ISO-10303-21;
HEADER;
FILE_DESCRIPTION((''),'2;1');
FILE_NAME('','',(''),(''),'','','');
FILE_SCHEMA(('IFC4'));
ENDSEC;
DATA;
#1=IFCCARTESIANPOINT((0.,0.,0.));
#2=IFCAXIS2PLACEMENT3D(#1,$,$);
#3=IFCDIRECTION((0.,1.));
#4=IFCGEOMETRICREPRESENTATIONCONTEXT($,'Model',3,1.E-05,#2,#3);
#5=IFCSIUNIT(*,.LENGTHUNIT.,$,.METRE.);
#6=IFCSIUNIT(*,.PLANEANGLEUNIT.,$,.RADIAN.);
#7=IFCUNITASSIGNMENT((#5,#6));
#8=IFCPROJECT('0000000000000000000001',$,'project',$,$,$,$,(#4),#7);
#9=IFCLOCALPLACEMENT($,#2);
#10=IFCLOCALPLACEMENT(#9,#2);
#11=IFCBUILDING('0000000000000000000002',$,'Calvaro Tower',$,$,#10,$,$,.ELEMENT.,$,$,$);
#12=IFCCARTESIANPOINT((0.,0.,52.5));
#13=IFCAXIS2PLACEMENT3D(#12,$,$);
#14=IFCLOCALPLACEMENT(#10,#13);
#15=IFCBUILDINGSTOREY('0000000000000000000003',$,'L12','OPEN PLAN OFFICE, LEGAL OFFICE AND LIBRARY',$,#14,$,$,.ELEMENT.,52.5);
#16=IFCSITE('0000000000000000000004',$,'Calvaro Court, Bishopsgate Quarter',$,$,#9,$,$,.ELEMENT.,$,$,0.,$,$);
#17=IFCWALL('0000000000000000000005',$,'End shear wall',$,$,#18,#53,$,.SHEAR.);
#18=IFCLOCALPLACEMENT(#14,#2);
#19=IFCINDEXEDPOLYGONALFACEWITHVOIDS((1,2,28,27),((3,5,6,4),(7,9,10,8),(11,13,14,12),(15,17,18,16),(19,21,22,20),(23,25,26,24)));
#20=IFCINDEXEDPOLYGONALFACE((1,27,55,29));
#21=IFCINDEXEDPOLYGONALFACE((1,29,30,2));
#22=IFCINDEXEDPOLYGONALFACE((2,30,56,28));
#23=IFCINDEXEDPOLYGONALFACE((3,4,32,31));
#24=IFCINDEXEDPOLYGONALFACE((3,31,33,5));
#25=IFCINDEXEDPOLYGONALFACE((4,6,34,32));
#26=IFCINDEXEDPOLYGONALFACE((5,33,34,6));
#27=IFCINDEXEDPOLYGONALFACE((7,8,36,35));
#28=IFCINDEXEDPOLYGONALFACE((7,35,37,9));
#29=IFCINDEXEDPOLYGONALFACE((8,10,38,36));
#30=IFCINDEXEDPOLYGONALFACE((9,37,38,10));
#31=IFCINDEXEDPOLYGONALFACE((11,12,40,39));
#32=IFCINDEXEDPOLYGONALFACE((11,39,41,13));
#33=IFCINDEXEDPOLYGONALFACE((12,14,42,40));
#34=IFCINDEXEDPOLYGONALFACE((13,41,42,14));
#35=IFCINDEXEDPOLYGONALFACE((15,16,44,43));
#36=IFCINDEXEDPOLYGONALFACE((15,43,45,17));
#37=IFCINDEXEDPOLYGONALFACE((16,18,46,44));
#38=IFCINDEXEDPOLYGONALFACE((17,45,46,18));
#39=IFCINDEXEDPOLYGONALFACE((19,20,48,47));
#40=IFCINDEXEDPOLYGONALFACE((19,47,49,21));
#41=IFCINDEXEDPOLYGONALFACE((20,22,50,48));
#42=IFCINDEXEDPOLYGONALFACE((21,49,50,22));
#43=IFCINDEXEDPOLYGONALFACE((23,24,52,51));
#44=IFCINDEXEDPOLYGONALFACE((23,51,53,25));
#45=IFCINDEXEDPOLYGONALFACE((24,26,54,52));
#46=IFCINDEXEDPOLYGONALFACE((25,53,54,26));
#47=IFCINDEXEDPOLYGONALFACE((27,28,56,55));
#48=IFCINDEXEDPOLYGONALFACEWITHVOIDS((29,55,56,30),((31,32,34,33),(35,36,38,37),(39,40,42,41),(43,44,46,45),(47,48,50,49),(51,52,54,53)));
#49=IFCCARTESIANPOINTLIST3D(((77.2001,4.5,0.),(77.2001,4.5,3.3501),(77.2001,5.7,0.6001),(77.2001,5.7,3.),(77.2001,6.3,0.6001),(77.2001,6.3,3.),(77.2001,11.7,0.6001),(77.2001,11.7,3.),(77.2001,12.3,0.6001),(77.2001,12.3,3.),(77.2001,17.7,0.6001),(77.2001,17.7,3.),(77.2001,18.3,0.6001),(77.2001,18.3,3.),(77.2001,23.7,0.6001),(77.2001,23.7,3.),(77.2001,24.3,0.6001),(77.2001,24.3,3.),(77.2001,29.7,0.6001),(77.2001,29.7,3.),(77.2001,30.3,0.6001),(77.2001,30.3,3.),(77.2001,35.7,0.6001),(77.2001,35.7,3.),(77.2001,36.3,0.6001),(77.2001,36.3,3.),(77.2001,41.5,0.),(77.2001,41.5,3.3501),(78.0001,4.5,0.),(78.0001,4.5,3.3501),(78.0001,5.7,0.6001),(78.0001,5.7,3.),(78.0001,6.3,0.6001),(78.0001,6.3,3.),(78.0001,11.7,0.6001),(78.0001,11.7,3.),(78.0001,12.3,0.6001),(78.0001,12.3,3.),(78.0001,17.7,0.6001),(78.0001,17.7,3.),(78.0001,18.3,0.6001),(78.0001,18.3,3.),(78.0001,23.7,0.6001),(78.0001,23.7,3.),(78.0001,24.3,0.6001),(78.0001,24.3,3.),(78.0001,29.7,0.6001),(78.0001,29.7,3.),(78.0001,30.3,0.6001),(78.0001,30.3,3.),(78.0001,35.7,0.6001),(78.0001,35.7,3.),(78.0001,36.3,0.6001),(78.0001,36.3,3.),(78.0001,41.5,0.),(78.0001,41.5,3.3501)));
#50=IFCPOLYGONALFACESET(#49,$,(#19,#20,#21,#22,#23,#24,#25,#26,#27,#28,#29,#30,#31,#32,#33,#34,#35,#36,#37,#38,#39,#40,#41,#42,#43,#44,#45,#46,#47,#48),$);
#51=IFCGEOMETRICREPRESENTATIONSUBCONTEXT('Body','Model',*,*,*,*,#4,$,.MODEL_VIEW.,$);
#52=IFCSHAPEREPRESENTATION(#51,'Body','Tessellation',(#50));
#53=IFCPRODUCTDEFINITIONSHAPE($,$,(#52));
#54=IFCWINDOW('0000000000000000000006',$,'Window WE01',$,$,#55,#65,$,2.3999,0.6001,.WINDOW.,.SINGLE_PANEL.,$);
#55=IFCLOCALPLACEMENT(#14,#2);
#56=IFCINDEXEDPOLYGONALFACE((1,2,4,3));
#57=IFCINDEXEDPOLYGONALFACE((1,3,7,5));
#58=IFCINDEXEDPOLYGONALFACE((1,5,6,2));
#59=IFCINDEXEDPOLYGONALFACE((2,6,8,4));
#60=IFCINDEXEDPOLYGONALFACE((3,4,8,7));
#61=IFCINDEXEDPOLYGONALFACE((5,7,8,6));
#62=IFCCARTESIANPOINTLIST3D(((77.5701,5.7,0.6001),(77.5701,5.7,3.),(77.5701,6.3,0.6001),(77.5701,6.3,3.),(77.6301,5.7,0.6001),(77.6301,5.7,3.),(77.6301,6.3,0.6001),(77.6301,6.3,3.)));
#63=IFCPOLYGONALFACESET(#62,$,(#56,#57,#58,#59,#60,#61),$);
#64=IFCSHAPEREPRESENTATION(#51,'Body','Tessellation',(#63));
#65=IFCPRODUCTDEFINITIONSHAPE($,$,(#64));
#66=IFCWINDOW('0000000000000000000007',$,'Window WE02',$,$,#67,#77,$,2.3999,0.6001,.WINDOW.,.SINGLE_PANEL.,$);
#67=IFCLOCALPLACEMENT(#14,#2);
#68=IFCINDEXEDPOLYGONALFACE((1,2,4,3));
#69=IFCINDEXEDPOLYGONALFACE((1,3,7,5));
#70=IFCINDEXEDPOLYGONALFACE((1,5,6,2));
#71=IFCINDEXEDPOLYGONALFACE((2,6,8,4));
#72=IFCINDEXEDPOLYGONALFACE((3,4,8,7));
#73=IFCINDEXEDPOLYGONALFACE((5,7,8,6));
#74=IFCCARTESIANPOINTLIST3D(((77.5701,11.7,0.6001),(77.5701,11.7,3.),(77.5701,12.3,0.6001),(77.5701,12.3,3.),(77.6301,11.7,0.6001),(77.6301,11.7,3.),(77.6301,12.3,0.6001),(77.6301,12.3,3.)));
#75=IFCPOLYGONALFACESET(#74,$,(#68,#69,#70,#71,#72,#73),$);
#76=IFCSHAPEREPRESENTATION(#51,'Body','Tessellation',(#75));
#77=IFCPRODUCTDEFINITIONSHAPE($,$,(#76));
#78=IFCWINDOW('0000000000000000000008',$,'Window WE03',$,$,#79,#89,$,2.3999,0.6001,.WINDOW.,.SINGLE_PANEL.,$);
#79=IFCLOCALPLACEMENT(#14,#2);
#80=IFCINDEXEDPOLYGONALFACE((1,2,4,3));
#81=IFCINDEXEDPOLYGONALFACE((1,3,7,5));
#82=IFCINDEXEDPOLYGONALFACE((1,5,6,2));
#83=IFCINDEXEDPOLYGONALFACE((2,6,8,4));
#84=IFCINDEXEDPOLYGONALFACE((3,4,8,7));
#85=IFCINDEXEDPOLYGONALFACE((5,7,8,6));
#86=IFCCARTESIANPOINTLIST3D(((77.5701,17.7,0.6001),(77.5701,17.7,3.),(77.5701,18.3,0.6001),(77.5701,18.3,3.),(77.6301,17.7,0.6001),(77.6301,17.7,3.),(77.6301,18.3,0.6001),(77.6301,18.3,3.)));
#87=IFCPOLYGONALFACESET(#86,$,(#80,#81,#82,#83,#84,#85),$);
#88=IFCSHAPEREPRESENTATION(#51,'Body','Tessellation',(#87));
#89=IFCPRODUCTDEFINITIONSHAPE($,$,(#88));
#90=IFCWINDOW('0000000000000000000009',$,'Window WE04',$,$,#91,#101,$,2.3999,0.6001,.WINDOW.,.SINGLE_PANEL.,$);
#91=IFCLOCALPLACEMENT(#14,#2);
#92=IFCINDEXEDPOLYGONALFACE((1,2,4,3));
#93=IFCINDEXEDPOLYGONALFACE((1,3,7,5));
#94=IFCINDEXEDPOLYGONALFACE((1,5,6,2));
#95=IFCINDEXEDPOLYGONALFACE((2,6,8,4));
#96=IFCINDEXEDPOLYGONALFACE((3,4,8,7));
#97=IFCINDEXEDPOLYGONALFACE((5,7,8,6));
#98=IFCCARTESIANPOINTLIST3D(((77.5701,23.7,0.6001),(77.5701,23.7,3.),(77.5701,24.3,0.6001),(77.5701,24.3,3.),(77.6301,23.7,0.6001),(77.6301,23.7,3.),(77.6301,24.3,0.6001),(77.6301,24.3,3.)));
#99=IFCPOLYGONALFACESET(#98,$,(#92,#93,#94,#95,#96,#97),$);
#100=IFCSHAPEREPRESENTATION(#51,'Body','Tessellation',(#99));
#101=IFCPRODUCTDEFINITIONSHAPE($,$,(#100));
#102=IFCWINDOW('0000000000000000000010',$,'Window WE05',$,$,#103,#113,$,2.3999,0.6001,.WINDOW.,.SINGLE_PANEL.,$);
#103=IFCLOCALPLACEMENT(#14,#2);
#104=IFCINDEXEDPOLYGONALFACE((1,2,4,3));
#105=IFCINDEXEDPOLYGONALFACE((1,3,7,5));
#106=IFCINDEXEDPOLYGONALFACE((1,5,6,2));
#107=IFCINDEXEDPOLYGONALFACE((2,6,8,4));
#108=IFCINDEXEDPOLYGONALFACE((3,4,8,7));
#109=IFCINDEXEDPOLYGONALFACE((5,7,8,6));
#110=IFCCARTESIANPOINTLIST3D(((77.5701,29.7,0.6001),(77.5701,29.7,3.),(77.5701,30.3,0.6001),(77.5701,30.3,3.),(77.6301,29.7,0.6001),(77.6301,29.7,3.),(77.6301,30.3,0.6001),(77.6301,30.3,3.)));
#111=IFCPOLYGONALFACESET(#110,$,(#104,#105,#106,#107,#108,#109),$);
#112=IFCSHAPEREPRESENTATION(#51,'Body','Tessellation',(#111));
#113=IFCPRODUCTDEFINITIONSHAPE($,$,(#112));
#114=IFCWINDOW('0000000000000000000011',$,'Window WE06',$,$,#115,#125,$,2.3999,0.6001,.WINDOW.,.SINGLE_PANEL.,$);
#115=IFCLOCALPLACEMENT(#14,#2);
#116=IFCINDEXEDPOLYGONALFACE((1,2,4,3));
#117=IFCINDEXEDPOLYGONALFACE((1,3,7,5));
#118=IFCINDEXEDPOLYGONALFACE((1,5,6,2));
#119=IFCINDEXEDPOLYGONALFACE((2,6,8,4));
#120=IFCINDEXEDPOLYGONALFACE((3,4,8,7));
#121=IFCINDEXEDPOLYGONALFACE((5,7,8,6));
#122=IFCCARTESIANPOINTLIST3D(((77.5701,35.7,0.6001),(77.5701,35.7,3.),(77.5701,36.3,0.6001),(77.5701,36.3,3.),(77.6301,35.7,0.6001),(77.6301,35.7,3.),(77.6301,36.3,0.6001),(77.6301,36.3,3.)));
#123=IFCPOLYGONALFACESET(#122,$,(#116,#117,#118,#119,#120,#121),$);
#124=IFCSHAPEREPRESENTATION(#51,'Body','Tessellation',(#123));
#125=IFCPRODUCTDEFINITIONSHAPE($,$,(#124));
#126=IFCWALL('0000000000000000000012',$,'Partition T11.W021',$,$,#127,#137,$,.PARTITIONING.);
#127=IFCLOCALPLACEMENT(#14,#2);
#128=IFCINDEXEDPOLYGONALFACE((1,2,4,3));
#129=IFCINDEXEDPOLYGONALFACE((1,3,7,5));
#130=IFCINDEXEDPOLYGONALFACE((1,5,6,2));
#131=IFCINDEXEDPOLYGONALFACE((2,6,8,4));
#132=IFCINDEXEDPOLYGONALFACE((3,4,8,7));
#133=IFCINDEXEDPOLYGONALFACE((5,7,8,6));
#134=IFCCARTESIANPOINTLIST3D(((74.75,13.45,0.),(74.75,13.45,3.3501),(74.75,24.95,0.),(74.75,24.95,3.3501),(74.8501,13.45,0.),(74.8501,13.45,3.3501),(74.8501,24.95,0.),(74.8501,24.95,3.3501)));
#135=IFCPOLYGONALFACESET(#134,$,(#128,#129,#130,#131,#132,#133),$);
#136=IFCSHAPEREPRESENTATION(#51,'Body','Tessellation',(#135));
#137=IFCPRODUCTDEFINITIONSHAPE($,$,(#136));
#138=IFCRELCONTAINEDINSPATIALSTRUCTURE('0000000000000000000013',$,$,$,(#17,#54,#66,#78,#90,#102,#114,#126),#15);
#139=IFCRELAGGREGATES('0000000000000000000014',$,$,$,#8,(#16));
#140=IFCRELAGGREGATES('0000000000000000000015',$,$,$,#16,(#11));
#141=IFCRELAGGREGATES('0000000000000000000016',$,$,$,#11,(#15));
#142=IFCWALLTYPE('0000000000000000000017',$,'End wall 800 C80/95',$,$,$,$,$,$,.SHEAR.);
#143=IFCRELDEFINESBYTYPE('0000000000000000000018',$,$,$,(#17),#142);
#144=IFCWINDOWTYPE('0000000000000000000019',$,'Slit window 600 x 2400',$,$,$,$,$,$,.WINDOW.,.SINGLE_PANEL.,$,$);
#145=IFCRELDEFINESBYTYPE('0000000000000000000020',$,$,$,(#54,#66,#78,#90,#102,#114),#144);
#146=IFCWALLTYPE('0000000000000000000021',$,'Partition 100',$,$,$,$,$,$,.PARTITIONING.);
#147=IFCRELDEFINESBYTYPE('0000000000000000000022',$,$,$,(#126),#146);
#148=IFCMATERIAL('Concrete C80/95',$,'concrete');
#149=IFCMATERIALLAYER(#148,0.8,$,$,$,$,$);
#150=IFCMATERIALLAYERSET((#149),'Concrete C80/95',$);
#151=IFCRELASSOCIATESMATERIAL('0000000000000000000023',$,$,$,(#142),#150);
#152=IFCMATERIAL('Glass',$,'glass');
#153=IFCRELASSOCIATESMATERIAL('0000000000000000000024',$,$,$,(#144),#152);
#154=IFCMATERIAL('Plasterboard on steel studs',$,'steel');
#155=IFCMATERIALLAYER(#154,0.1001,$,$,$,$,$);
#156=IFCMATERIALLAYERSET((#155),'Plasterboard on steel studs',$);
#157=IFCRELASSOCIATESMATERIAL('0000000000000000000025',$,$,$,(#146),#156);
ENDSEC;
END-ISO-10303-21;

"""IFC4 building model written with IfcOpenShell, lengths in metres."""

from ifc_helpers import new_model, si_unit, direction, frame, frame_2d, origin, place, context, subcontext, project, spatial, rectangle, extrude, material, layer, layer_set, type_object, element, fill, save


model = new_model("IFC4")

# Units and contexts
model_context = context("Model", 3, precision=1e-05, world=origin(), true_north=direction((0.0, 1.0)))
body_context = subcontext(model_context, "Body", "Model", "MODEL_VIEW")
ifc_project = project(units=[si_unit("LENGTHUNIT", "METRE"), si_unit("PLANEANGLEUNIT", "RADIAN")], contexts=[model_context])

# Site, building, storey
site_placement = place(None, origin())
site = spatial("IfcSite", under=ifc_project, at=site_placement, Name="Calvaro Court, Bishopsgate Quarter", CompositionType="ELEMENT", RefElevation=0.0)
building_placement = place(site_placement, origin())
building = spatial("IfcBuilding", under=site, at=building_placement, Name="Calvaro Tower", CompositionType="ELEMENT")
storey_placement = place(building_placement, frame((0.0, 0.0, 52.5)))
storey = spatial("IfcBuildingStorey", under=building, at=storey_placement, Name="L12", Description="OPEN PLAN OFFICE, LEGAL OFFICE AND LIBRARY", CompositionType="ELEMENT", Elevation=52.5)

# Wall, openings, windows
ifc_material_1 = material(Name="Concrete C80/95", Category="concrete")
ifc_layer_1 = layer(ifc_material_1, 0.8)
ifc_layer_set_1 = layer_set([ifc_layer_1], Name="Concrete C80/95")
wall_type_1 = type_object("IfcWallType", Name="End wall 800 C80/95", PredefinedType="SHEAR", material=ifc_layer_set_1)
wall_1_placement = place(storey_placement, frame((77.6001, 4.5, 0.0), z_axis=(0.0, 0.0, 1.0), x_axis=(0.0, 1.0, 0.0)))
wall_1 = element("IfcWall", 1, at=wall_1_placement, inside=storey, type_object=wall_type_1, Name="End shear wall", PredefinedType="SHEAR", context=body_context, shape_type="SweptSolid", body=[
    extrude(rectangle(XDim=37.0, YDim=0.8, at=frame_2d((18.5, 0.0))), origin(), (0.0, 0.0, 1.0), 3.3501),
])
opening_1_placement = place(wall_1_placement, frame((1.2, 0.0, 0.6001)))
opening_1 = element("IfcOpeningElement", 2, at=opening_1_placement, cuts=wall_1, PredefinedType="OPENING", context=body_context, shape_type="SweptSolid", body=[
    extrude(rectangle(XDim=0.6001, YDim=2.3999, at=frame_2d((0.3, 1.2))), frame((0.0, 0.4099, 0.0), z_axis=(0.0, -1.0, 0.0), x_axis=(1.0, 0.0, 0.0)), (0.0, 0.0, 1.0), 0.8201),
])
opening_2_placement = place(wall_1_placement, frame((7.2, 0.0, 0.6001)))
opening_2 = element("IfcOpeningElement", 3, at=opening_2_placement, cuts=wall_1, PredefinedType="OPENING", context=body_context, shape_type="SweptSolid", body=[
    extrude(rectangle(XDim=0.6001, YDim=2.3999, at=frame_2d((0.3, 1.2))), frame((0.0, 0.4099, 0.0), z_axis=(0.0, -1.0, 0.0), x_axis=(1.0, 0.0, 0.0)), (0.0, 0.0, 1.0), 0.8201),
])
opening_3_placement = place(wall_1_placement, frame((13.2, 0.0, 0.6001)))
opening_3 = element("IfcOpeningElement", 4, at=opening_3_placement, cuts=wall_1, PredefinedType="OPENING", context=body_context, shape_type="SweptSolid", body=[
    extrude(rectangle(XDim=0.6001, YDim=2.3999, at=frame_2d((0.3, 1.2))), frame((0.0, 0.4099, 0.0), z_axis=(0.0, -1.0, 0.0), x_axis=(1.0, 0.0, 0.0)), (0.0, 0.0, 1.0), 0.8201),
])
opening_4_placement = place(wall_1_placement, frame((19.2, 0.0, 0.6001)))
opening_4 = element("IfcOpeningElement", 5, at=opening_4_placement, cuts=wall_1, PredefinedType="OPENING", context=body_context, shape_type="SweptSolid", body=[
    extrude(rectangle(XDim=0.6001, YDim=2.3999, at=frame_2d((0.3, 1.2))), frame((0.0, 0.4099, 0.0), z_axis=(0.0, -1.0, 0.0), x_axis=(1.0, 0.0, 0.0)), (0.0, 0.0, 1.0), 0.8201),
])
opening_5_placement = place(wall_1_placement, frame((25.2, 0.0, 0.6001)))
opening_5 = element("IfcOpeningElement", 6, at=opening_5_placement, cuts=wall_1, PredefinedType="OPENING", context=body_context, shape_type="SweptSolid", body=[
    extrude(rectangle(XDim=0.6001, YDim=2.3999, at=frame_2d((0.3, 1.2))), frame((0.0, 0.4099, 0.0), z_axis=(0.0, -1.0, 0.0), x_axis=(1.0, 0.0, 0.0)), (0.0, 0.0, 1.0), 0.8201),
])
opening_6_placement = place(wall_1_placement, frame((31.2, 0.0, 0.6001)))
opening_6 = element("IfcOpeningElement", 7, at=opening_6_placement, cuts=wall_1, PredefinedType="OPENING", context=body_context, shape_type="SweptSolid", body=[
    extrude(rectangle(XDim=0.6001, YDim=2.3999, at=frame_2d((0.3, 1.2))), frame((0.0, 0.4099, 0.0), z_axis=(0.0, -1.0, 0.0), x_axis=(1.0, 0.0, 0.0)), (0.0, 0.0, 1.0), 0.8201),
])
ifc_material_2 = material(Name="Glass", Category="glass")
window_type = type_object("IfcWindowType", Name="Slit window 600 x 2400", PartitioningType="SINGLE_PANEL", PredefinedType="WINDOW", material=ifc_material_2)
window_1_placement = place(opening_1_placement, origin())
window_1 = element("IfcWindow", 8, at=window_1_placement, inside=storey, type_object=window_type, Name="Window WE01", OverallHeight=2.3999, OverallWidth=0.6001, PartitioningType="SINGLE_PANEL", PredefinedType="WINDOW", context=body_context, shape_type="SweptSolid", body=[
    extrude(rectangle(XDim=0.6001, YDim=2.3999, at=frame_2d((0.3, 1.2))), frame((0.0, 0.03, 0.0), z_axis=(0.0, -1.0, 0.0), x_axis=(1.0, 0.0, 0.0)), (0.0, 0.0, 1.0), 0.0601),
])
fill(opening_1, window_1)
window_2_placement = place(opening_2_placement, origin())
window_2 = element("IfcWindow", 9, at=window_2_placement, inside=storey, type_object=window_type, Name="Window WE02", OverallHeight=2.3999, OverallWidth=0.6001, PartitioningType="SINGLE_PANEL", PredefinedType="WINDOW", context=body_context, shape_type="SweptSolid", body=[
    extrude(rectangle(XDim=0.6001, YDim=2.3999, at=frame_2d((0.3, 1.2))), frame((0.0, 0.03, 0.0), z_axis=(0.0, -1.0, 0.0), x_axis=(1.0, 0.0, 0.0)), (0.0, 0.0, 1.0), 0.0601),
])
fill(opening_2, window_2)
window_3_placement = place(opening_3_placement, origin())
window_3 = element("IfcWindow", 10, at=window_3_placement, inside=storey, type_object=window_type, Name="Window WE03", OverallHeight=2.3999, OverallWidth=0.6001, PartitioningType="SINGLE_PANEL", PredefinedType="WINDOW", context=body_context, shape_type="SweptSolid", body=[
    extrude(rectangle(XDim=0.6001, YDim=2.3999, at=frame_2d((0.3, 1.2))), frame((0.0, 0.03, 0.0), z_axis=(0.0, -1.0, 0.0), x_axis=(1.0, 0.0, 0.0)), (0.0, 0.0, 1.0), 0.0601),
])
fill(opening_3, window_3)
window_4_placement = place(opening_4_placement, origin())
window_4 = element("IfcWindow", 11, at=window_4_placement, inside=storey, type_object=window_type, Name="Window WE04", OverallHeight=2.3999, OverallWidth=0.6001, PartitioningType="SINGLE_PANEL", PredefinedType="WINDOW", context=body_context, shape_type="SweptSolid", body=[
    extrude(rectangle(XDim=0.6001, YDim=2.3999, at=frame_2d((0.3, 1.2))), frame((0.0, 0.03, 0.0), z_axis=(0.0, -1.0, 0.0), x_axis=(1.0, 0.0, 0.0)), (0.0, 0.0, 1.0), 0.0601),
])
fill(opening_4, window_4)
window_5_placement = place(opening_5_placement, origin())
window_5 = element("IfcWindow", 12, at=window_5_placement, inside=storey, type_object=window_type, Name="Window WE05", OverallHeight=2.3999, OverallWidth=0.6001, PartitioningType="SINGLE_PANEL", PredefinedType="WINDOW", context=body_context, shape_type="SweptSolid", body=[
    extrude(rectangle(XDim=0.6001, YDim=2.3999, at=frame_2d((0.3, 1.2))), frame((0.0, 0.03, 0.0), z_axis=(0.0, -1.0, 0.0), x_axis=(1.0, 0.0, 0.0)), (0.0, 0.0, 1.0), 0.0601),
])
fill(opening_5, window_5)
window_6_placement = place(opening_6_placement, origin())
window_6 = element("IfcWindow", 13, at=window_6_placement, inside=storey, type_object=window_type, Name="Window WE06", OverallHeight=2.3999, OverallWidth=0.6001, PartitioningType="SINGLE_PANEL", PredefinedType="WINDOW", context=body_context, shape_type="SweptSolid", body=[
    extrude(rectangle(XDim=0.6001, YDim=2.3999, at=frame_2d((0.3, 1.2))), frame((0.0, 0.03, 0.0), z_axis=(0.0, -1.0, 0.0), x_axis=(1.0, 0.0, 0.0)), (0.0, 0.0, 1.0), 0.0601),
])
fill(opening_6, window_6)

# Wall
ifc_material_3 = material(Name="Plasterboard on steel studs", Category="steel")
ifc_layer_2 = layer(ifc_material_3, 0.1001)
ifc_layer_set_2 = layer_set([ifc_layer_2], Name="Plasterboard on steel studs")
wall_type_2 = type_object("IfcWallType", Name="Partition 100", PredefinedType="PARTITIONING", material=ifc_layer_set_2)
wall_2_placement = place(storey_placement, frame((74.8, 13.45, 0.0), z_axis=(0.0, 0.0, 1.0), x_axis=(0.0, 1.0, 0.0)))
element("IfcWall", 14, at=wall_2_placement, inside=storey, type_object=wall_type_2, Name="Partition T11.W021", PredefinedType="PARTITIONING", context=body_context, shape_type="SweptSolid", body=[
    extrude(rectangle(XDim=11.5, YDim=0.1001, at=frame_2d((5.75, 0.0))), origin(), (0.0, 0.0, 1.0), 3.3501),
])

save(model, "model.ifc")
